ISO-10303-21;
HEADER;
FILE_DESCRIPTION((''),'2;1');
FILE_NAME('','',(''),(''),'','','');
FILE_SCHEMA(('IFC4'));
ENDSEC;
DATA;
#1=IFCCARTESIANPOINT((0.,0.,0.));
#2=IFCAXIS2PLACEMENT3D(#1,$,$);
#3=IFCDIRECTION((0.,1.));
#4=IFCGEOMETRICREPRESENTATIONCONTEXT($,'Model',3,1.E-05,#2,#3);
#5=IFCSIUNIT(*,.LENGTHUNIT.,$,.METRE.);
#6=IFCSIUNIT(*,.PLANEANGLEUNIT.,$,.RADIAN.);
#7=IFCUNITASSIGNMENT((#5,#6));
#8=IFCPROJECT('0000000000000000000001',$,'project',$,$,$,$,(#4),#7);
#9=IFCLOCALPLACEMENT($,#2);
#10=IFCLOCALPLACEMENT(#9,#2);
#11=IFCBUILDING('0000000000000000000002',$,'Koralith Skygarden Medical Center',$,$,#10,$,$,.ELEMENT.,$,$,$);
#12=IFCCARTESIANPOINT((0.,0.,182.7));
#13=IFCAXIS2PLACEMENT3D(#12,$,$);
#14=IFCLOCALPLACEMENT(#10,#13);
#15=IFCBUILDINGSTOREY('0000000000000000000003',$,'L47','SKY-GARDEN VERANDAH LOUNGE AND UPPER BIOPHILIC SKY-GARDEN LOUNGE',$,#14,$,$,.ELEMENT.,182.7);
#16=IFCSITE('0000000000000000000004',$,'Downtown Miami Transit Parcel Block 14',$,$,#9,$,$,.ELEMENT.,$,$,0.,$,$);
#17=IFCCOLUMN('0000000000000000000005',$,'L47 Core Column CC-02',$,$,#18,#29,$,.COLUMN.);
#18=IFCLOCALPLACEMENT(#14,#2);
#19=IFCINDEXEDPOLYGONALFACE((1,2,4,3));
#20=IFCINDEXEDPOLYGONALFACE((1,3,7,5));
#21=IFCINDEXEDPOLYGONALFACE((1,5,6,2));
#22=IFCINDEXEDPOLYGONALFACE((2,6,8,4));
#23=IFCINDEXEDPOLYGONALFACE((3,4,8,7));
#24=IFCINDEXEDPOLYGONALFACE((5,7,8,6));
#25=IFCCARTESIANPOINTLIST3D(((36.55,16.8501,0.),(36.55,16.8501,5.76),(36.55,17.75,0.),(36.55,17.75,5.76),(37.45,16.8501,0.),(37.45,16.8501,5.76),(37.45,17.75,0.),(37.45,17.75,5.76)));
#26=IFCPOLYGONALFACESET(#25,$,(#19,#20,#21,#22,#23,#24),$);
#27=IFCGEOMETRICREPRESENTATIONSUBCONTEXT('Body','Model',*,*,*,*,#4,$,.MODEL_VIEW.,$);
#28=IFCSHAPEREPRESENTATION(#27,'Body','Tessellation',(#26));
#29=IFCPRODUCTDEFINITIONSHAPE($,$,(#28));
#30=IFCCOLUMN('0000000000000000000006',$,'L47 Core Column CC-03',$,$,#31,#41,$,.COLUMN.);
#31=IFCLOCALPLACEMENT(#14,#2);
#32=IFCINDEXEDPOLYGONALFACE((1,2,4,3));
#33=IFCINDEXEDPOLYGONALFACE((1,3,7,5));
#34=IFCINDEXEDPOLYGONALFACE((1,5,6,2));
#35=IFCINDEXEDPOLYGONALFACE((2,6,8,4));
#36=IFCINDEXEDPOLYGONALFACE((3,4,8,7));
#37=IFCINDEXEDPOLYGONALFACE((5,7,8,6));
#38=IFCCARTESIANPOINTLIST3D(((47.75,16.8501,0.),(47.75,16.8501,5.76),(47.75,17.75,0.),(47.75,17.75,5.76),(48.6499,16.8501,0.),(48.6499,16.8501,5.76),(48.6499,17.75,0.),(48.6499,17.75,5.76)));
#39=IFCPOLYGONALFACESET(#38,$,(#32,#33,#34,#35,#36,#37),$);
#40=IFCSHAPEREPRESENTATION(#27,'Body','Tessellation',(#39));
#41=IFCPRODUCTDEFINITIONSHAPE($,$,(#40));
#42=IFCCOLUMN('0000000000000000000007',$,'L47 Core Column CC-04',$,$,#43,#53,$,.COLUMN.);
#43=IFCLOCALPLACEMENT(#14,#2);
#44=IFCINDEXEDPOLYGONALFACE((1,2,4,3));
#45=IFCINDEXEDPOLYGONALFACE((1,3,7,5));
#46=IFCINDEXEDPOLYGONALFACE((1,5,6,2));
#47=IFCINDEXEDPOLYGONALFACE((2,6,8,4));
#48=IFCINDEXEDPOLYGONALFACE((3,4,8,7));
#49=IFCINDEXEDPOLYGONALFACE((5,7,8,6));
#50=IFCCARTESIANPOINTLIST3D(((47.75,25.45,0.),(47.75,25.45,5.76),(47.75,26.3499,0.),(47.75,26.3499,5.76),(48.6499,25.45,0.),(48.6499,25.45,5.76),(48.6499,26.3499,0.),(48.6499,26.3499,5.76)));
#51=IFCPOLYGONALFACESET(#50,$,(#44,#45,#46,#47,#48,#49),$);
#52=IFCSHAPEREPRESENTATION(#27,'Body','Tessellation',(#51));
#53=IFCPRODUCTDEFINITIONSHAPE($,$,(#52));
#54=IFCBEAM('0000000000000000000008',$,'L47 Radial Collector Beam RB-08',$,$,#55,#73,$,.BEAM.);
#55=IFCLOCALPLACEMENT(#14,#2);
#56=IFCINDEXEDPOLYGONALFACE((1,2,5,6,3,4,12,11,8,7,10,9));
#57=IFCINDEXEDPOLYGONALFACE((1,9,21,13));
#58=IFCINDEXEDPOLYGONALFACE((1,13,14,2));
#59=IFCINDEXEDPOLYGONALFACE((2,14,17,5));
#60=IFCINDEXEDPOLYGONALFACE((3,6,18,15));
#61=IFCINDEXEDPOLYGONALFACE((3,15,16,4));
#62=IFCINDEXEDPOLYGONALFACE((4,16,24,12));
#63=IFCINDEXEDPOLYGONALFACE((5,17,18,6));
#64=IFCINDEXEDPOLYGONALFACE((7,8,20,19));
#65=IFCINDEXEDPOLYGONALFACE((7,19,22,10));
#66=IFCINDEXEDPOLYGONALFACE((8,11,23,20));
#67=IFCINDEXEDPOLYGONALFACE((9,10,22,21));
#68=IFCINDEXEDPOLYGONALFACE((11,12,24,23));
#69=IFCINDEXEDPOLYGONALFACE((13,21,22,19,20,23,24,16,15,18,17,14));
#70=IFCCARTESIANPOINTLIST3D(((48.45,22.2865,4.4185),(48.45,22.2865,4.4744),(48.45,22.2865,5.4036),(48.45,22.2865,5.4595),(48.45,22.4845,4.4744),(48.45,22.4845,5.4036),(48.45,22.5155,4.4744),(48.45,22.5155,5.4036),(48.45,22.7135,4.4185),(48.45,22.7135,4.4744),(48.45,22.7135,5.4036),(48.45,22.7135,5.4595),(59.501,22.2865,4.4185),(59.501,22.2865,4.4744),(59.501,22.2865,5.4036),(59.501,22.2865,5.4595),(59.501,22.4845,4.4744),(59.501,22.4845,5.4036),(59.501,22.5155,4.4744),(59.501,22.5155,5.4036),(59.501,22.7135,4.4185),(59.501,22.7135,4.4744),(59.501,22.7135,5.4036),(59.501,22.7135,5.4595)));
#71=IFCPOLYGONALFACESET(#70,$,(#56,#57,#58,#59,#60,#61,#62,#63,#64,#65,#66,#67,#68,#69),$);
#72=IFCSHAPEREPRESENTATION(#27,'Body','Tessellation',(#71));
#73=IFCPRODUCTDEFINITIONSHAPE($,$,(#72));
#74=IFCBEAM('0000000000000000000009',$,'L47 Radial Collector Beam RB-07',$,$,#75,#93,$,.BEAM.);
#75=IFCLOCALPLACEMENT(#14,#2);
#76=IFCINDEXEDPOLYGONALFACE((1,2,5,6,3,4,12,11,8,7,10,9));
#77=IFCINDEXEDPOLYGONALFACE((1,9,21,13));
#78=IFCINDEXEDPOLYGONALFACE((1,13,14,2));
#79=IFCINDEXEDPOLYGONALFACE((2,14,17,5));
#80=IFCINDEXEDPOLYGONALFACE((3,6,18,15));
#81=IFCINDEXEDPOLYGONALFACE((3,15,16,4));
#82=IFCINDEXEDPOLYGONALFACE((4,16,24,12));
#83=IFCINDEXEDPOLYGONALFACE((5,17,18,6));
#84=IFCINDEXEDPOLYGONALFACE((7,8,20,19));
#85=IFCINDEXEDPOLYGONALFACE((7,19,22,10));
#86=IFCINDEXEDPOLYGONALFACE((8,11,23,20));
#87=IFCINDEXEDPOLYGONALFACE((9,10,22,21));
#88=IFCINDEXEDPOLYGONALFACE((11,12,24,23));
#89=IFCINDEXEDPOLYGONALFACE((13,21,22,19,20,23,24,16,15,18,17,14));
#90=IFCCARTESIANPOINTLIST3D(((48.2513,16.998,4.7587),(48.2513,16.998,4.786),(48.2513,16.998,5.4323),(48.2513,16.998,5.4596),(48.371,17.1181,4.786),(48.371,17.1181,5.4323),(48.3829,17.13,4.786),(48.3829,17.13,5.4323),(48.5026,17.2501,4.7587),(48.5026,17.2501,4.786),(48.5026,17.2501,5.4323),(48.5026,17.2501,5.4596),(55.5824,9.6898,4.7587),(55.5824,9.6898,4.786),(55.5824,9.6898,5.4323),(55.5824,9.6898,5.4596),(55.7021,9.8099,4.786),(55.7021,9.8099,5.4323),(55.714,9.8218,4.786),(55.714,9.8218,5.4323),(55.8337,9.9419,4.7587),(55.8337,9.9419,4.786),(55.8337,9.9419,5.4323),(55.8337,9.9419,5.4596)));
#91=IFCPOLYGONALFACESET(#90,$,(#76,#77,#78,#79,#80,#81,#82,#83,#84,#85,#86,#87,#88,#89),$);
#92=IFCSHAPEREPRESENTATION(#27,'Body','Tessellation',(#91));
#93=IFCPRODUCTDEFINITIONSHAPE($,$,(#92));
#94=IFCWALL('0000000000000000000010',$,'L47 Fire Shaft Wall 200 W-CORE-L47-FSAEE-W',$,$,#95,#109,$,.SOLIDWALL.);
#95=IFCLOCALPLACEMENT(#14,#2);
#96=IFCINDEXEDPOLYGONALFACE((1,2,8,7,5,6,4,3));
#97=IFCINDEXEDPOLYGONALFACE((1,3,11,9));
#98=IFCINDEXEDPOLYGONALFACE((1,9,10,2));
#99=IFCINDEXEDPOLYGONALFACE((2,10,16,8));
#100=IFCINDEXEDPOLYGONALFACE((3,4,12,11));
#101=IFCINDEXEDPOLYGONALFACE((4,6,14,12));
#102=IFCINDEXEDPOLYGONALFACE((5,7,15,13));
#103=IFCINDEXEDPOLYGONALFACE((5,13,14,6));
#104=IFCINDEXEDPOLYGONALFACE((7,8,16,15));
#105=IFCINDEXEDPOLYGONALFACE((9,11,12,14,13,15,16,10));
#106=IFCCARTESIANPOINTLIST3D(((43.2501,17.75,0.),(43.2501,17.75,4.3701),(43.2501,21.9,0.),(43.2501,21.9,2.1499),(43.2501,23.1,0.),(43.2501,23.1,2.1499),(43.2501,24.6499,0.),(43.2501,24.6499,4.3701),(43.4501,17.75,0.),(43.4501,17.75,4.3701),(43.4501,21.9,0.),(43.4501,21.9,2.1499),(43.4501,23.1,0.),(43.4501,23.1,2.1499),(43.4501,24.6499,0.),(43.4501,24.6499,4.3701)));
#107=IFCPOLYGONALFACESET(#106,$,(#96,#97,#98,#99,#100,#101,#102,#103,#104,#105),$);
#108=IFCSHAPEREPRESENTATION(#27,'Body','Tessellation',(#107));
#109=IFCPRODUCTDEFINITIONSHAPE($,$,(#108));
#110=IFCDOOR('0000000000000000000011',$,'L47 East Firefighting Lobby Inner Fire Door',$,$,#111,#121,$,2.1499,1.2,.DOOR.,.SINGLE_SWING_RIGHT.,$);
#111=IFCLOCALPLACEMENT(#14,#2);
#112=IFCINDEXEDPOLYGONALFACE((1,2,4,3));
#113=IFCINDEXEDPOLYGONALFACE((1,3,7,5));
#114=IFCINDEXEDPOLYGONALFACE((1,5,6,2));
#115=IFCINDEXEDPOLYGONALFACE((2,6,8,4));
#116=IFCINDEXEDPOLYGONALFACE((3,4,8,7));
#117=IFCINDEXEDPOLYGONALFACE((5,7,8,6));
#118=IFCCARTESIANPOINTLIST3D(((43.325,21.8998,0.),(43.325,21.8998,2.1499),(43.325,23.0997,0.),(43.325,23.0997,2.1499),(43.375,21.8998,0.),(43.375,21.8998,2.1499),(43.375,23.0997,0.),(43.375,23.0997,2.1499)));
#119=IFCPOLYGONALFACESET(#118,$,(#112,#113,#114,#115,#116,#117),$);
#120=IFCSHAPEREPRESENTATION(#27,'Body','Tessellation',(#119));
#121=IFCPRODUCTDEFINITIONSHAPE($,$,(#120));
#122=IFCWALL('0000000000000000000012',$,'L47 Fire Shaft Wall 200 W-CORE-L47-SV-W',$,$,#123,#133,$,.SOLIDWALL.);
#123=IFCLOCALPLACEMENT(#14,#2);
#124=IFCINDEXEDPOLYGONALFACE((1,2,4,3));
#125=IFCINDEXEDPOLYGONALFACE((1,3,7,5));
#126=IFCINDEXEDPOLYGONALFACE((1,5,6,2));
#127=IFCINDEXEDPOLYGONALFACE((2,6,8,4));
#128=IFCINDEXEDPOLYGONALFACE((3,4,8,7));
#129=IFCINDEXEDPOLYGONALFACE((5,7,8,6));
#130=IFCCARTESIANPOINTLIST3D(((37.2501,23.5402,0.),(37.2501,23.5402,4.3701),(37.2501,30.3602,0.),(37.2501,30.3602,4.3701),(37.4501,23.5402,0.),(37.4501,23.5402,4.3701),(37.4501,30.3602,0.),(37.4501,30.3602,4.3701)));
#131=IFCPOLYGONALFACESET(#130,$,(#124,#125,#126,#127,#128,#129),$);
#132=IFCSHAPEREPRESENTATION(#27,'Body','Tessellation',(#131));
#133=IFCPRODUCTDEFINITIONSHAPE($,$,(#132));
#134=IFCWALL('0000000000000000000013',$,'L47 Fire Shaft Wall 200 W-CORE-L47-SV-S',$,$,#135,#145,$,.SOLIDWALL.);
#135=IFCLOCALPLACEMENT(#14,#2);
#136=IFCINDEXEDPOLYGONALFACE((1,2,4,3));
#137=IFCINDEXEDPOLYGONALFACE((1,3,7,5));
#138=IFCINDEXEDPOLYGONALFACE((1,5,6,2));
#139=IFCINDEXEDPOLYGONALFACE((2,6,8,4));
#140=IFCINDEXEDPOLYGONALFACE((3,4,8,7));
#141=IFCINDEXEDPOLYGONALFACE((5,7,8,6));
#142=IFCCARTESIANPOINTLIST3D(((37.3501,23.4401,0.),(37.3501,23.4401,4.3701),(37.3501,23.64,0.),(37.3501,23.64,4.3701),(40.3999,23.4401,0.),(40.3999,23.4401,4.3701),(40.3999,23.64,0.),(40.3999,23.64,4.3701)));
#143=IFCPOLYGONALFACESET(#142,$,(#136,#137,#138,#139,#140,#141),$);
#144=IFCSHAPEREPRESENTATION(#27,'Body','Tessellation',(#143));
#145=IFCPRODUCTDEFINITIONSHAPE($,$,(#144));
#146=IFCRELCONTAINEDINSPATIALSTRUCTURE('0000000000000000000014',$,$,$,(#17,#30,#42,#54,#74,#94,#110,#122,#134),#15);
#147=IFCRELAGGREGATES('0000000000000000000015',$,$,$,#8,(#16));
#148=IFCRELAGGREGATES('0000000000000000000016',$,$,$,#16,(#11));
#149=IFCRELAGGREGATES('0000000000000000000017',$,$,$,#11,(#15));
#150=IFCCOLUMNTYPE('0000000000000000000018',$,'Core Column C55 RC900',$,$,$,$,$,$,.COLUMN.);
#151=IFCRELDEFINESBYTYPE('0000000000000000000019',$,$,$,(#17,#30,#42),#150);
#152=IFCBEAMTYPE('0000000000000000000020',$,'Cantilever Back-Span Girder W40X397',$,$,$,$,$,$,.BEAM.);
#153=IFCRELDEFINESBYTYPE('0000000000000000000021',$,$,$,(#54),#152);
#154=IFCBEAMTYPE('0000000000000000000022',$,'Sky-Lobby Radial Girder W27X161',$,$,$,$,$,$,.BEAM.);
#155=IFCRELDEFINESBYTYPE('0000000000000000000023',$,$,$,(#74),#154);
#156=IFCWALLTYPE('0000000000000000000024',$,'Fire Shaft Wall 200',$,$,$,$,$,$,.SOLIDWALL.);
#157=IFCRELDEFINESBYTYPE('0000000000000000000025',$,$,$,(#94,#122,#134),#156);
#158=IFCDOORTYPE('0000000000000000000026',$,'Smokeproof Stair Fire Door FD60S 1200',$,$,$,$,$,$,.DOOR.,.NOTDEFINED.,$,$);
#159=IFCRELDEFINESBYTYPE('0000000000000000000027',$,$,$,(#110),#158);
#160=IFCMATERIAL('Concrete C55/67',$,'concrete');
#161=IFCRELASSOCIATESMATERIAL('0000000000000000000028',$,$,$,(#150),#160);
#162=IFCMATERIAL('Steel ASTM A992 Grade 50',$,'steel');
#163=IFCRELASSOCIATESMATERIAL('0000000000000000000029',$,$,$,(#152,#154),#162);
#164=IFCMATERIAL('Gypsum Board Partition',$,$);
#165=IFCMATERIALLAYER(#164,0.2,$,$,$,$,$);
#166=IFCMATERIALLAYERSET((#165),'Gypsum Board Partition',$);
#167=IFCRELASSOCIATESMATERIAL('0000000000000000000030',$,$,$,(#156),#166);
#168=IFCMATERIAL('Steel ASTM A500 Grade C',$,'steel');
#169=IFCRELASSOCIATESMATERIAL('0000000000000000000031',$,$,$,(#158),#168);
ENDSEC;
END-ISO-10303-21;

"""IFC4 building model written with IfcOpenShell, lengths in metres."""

from ifc_helpers import new_model, si_unit, direction, frame, frame_2d, origin, origin_2d, place, context, subcontext, project, spatial, rectangle, i_section, extrude, material, layer, layer_set, material_profile, profile_set, type_object, element, fill, save


model = new_model("IFC4")

# Units and contexts
model_context = context("Model", 3, precision=1e-05, world=origin(), true_north=direction((0.0, 1.0)))
body_context = subcontext(model_context, "Body", "Model", "MODEL_VIEW")
ifc_project = project(units=[si_unit("LENGTHUNIT", "METRE"), si_unit("PLANEANGLEUNIT", "RADIAN")], contexts=[model_context])

# Site, building, storey
site_placement = place(None, origin())
site = spatial("IfcSite", under=ifc_project, at=site_placement, Name="Downtown Miami Transit Parcel Block 14", CompositionType="ELEMENT", RefElevation=0.0)
building_placement = place(site_placement, origin())
building = spatial("IfcBuilding", under=site, at=building_placement, Name="Koralith Skygarden Medical Center", CompositionType="ELEMENT")
storey_placement = place(building_placement, frame((0.0, 0.0, 182.7)))
storey = spatial("IfcBuildingStorey", under=building, at=storey_placement, Name="L47", Description="SKY-GARDEN VERANDAH LOUNGE AND UPPER BIOPHILIC SKY-GARDEN LOUNGE", CompositionType="ELEMENT", Elevation=182.7)

# Columns
ifc_material_1 = material(Name="Concrete C55/67", Category="concrete")
ifc_material_profile_1 = material_profile(ifc_material_1, rectangle(XDim=0.8999, YDim=0.8999, at=origin_2d()), Name="RC900X900")
ifc_profile_set_1 = profile_set([ifc_material_profile_1], Name="Concrete C55/67")
column_type = type_object("IfcColumnType", Name="Core Column C55 RC900", PredefinedType="COLUMN", material=ifc_profile_set_1)
for number, where, z_axis, x_axis, name in (
    (1, (37.0, 17.3, 0.0), (0.0, 0.0, 1.0), (1.0, 0.0, 0.0), "L47 Core Column CC-02"),
    (2, (48.2, 17.3, 0.0), (0.0, 0.0, 1.0), (1.0, 0.0, 0.0), "L47 Core Column CC-03"),
    (3, (48.2, 25.8999, 0.0), (0.0, 0.0, 1.0), (1.0, 0.0, 0.0), "L47 Core Column CC-04"),
):
    element("IfcColumn", number, at=place(storey_placement, frame(where, z_axis=z_axis, x_axis=x_axis)), inside=storey, type_object=column_type, Name=name, PredefinedType="COLUMN", context=body_context, shape_type="SweptSolid", body=[
        extrude(rectangle(XDim=0.8999, YDim=0.8999, at=origin_2d()), origin(), (0.0, 0.0, 1.0), 5.76),
    ])

# Beams
ifc_material_2 = material(Name="Steel ASTM A992 Grade 50", Category="steel")
ifc_material_profile_2 = material_profile(ifc_material_2, i_section(OverallWidth=0.427, OverallDepth=1.041, WebThickness=0.031, FlangeThickness=0.0559, at=origin_2d()), Name="W40X397")
ifc_profile_set_2 = profile_set([ifc_material_profile_2], Name="Steel ASTM A992 Grade 50")
beam_type_1 = type_object("IfcBeamType", Name="Cantilever Back-Span Girder W40X397", PredefinedType="BEAM", material=ifc_profile_set_2)
beam_1_placement = place(storey_placement, frame((48.45, 22.5, 4.939), z_axis=(1.0, 0.0, 0.0), x_axis=(0.0, 1.0, 0.0)))
element("IfcBeam", 4, at=beam_1_placement, inside=storey, type_object=beam_type_1, Name="L47 Radial Collector Beam RB-08", PredefinedType="BEAM", context=body_context, shape_type="SweptSolid", body=[
    extrude(i_section(OverallWidth=0.427, OverallDepth=1.041, WebThickness=0.031, FlangeThickness=0.0559, at=origin_2d()), origin(), (0.0, 0.0, 1.0), 11.051),
])
ifc_material_profile_3 = material_profile(ifc_material_2, i_section(OverallWidth=0.356, OverallDepth=0.7009, WebThickness=0.0168, FlangeThickness=0.0273, at=origin_2d()), Name="W27X161")
ifc_profile_set_3 = profile_set([ifc_material_profile_3], Name="Steel ASTM A992 Grade 50")
beam_type_2 = type_object("IfcBeamType", Name="Sky-Lobby Radial Girder W27X161", PredefinedType="BEAM", material=ifc_profile_set_3)
beam_2_placement = place(storey_placement, frame((48.377, 17.124, 5.1091), z_axis=(0.708214, -0.705997, 0.0), x_axis=(0.705997, 0.708214, 0.0)))
element("IfcBeam", 5, at=beam_2_placement, inside=storey, type_object=beam_type_2, Name="L47 Radial Collector Beam RB-07", PredefinedType="BEAM", context=body_context, shape_type="SweptSolid", body=[
    extrude(i_section(OverallWidth=0.356, OverallDepth=0.7009, WebThickness=0.0168, FlangeThickness=0.0273, at=origin_2d()), origin(), (0.0, 0.0, 1.0), 10.3516),
])

# Wall, opening, door
ifc_material_3 = material(Name="Gypsum Board Partition")
ifc_layer_1 = layer(ifc_material_3, 0.2)
ifc_layer_set_1 = layer_set([ifc_layer_1], Name="Gypsum Board Partition")
wall_type_1 = type_object("IfcWallType", Name="Fire Shaft Wall 200", PredefinedType="SOLIDWALL", material=ifc_layer_set_1)
ifc_material_4 = material(Name="Steel ASTM A500 Grade C", Category="steel")
wall_1_placement = place(storey_placement, frame((43.3501, 17.75, 0.0), z_axis=(0.0, 0.0, 1.0), x_axis=(0.0, 1.0, 0.0)))
wall_1 = element("IfcWall", 6, at=wall_1_placement, inside=storey, type_object=wall_type_1, Name="L47 Fire Shaft Wall 200 W-CORE-L47-FSAEE-W", PredefinedType="SOLIDWALL", context=body_context, shape_type="SweptSolid", body=[
    extrude(rectangle(XDim=6.8999, YDim=0.2, at=frame_2d((3.45, 0.0))), origin(), (0.0, 0.0, 1.0), 4.3701),
])
opening_1_placement = place(wall_1_placement, frame((4.1499, 0.0, 0.0)))
opening_1 = element("IfcOpeningElement", 7, at=opening_1_placement, cuts=wall_1, PredefinedType="OPENING", context=body_context, shape_type="SweptSolid", body=[
    extrude(rectangle(XDim=1.2, YDim=2.1499, at=frame_2d((0.6001, 1.075))), frame((0.0, 0.1099, 0.0), z_axis=(0.0, -1.0, 0.0), x_axis=(1.0, 0.0, 0.0)), (0.0, 0.0, 1.0), 0.22),
])
door_type_1 = type_object("IfcDoorType", Name="Smokeproof Stair Fire Door FD60S 1200", OperationType="NOTDEFINED", PredefinedType="DOOR", material=ifc_material_4)
door_1_placement = place(opening_1_placement, frame((1.2, 0.0, 0.0), z_axis=(0.0, 0.0, 1.0), x_axis=(-1.0, 0.0, 0.0)))
door_1 = element("IfcDoor", 8, at=door_1_placement, inside=storey, type_object=door_type_1, Name="L47 East Firefighting Lobby Inner Fire Door", OperationType="SINGLE_SWING_RIGHT", OverallHeight=2.1499, OverallWidth=1.2, PredefinedType="DOOR", context=body_context, shape_type="SweptSolid", body=[
    extrude(rectangle(XDim=1.2, YDim=2.1499, at=frame_2d((0.6001, 1.075))), frame((0.0, 0.0249, 0.0), z_axis=(0.0, -1.0, 0.0), x_axis=(1.0, 0.0, 0.0)), (0.0, 0.0, 1.0), 0.05),
])
fill(opening_1, door_1)

# Walls
wall_2_placement = place(storey_placement, frame((37.3501, 23.54, 0.0), z_axis=(0.0, 0.0, 1.0), x_axis=(0.0, 1.0, 0.0)))
element("IfcWall", 9, at=wall_2_placement, inside=storey, type_object=wall_type_1, Name="L47 Fire Shaft Wall 200 W-CORE-L47-SV-W", PredefinedType="SOLIDWALL", context=body_context, shape_type="SweptSolid", body=[
    extrude(rectangle(XDim=6.8201, YDim=0.2, at=frame_2d((3.4102, 0.0))), origin(), (0.0, 0.0, 1.0), 4.3701),
])
wall_3_placement = place(storey_placement, frame((37.3501, 23.54, 0.0), z_axis=(0.0, 0.0, 1.0), x_axis=(1.0, 0.0, 0.0)))
element("IfcWall", 10, at=wall_3_placement, inside=storey, type_object=wall_type_1, Name="L47 Fire Shaft Wall 200 W-CORE-L47-SV-S", PredefinedType="SOLIDWALL", context=body_context, shape_type="SweptSolid", body=[
    extrude(rectangle(XDim=3.0498, YDim=0.2, at=frame_2d((1.5249, 0.0))), origin(), (0.0, 0.0, 1.0), 4.3701),
])

save(model, "model.ifc")
